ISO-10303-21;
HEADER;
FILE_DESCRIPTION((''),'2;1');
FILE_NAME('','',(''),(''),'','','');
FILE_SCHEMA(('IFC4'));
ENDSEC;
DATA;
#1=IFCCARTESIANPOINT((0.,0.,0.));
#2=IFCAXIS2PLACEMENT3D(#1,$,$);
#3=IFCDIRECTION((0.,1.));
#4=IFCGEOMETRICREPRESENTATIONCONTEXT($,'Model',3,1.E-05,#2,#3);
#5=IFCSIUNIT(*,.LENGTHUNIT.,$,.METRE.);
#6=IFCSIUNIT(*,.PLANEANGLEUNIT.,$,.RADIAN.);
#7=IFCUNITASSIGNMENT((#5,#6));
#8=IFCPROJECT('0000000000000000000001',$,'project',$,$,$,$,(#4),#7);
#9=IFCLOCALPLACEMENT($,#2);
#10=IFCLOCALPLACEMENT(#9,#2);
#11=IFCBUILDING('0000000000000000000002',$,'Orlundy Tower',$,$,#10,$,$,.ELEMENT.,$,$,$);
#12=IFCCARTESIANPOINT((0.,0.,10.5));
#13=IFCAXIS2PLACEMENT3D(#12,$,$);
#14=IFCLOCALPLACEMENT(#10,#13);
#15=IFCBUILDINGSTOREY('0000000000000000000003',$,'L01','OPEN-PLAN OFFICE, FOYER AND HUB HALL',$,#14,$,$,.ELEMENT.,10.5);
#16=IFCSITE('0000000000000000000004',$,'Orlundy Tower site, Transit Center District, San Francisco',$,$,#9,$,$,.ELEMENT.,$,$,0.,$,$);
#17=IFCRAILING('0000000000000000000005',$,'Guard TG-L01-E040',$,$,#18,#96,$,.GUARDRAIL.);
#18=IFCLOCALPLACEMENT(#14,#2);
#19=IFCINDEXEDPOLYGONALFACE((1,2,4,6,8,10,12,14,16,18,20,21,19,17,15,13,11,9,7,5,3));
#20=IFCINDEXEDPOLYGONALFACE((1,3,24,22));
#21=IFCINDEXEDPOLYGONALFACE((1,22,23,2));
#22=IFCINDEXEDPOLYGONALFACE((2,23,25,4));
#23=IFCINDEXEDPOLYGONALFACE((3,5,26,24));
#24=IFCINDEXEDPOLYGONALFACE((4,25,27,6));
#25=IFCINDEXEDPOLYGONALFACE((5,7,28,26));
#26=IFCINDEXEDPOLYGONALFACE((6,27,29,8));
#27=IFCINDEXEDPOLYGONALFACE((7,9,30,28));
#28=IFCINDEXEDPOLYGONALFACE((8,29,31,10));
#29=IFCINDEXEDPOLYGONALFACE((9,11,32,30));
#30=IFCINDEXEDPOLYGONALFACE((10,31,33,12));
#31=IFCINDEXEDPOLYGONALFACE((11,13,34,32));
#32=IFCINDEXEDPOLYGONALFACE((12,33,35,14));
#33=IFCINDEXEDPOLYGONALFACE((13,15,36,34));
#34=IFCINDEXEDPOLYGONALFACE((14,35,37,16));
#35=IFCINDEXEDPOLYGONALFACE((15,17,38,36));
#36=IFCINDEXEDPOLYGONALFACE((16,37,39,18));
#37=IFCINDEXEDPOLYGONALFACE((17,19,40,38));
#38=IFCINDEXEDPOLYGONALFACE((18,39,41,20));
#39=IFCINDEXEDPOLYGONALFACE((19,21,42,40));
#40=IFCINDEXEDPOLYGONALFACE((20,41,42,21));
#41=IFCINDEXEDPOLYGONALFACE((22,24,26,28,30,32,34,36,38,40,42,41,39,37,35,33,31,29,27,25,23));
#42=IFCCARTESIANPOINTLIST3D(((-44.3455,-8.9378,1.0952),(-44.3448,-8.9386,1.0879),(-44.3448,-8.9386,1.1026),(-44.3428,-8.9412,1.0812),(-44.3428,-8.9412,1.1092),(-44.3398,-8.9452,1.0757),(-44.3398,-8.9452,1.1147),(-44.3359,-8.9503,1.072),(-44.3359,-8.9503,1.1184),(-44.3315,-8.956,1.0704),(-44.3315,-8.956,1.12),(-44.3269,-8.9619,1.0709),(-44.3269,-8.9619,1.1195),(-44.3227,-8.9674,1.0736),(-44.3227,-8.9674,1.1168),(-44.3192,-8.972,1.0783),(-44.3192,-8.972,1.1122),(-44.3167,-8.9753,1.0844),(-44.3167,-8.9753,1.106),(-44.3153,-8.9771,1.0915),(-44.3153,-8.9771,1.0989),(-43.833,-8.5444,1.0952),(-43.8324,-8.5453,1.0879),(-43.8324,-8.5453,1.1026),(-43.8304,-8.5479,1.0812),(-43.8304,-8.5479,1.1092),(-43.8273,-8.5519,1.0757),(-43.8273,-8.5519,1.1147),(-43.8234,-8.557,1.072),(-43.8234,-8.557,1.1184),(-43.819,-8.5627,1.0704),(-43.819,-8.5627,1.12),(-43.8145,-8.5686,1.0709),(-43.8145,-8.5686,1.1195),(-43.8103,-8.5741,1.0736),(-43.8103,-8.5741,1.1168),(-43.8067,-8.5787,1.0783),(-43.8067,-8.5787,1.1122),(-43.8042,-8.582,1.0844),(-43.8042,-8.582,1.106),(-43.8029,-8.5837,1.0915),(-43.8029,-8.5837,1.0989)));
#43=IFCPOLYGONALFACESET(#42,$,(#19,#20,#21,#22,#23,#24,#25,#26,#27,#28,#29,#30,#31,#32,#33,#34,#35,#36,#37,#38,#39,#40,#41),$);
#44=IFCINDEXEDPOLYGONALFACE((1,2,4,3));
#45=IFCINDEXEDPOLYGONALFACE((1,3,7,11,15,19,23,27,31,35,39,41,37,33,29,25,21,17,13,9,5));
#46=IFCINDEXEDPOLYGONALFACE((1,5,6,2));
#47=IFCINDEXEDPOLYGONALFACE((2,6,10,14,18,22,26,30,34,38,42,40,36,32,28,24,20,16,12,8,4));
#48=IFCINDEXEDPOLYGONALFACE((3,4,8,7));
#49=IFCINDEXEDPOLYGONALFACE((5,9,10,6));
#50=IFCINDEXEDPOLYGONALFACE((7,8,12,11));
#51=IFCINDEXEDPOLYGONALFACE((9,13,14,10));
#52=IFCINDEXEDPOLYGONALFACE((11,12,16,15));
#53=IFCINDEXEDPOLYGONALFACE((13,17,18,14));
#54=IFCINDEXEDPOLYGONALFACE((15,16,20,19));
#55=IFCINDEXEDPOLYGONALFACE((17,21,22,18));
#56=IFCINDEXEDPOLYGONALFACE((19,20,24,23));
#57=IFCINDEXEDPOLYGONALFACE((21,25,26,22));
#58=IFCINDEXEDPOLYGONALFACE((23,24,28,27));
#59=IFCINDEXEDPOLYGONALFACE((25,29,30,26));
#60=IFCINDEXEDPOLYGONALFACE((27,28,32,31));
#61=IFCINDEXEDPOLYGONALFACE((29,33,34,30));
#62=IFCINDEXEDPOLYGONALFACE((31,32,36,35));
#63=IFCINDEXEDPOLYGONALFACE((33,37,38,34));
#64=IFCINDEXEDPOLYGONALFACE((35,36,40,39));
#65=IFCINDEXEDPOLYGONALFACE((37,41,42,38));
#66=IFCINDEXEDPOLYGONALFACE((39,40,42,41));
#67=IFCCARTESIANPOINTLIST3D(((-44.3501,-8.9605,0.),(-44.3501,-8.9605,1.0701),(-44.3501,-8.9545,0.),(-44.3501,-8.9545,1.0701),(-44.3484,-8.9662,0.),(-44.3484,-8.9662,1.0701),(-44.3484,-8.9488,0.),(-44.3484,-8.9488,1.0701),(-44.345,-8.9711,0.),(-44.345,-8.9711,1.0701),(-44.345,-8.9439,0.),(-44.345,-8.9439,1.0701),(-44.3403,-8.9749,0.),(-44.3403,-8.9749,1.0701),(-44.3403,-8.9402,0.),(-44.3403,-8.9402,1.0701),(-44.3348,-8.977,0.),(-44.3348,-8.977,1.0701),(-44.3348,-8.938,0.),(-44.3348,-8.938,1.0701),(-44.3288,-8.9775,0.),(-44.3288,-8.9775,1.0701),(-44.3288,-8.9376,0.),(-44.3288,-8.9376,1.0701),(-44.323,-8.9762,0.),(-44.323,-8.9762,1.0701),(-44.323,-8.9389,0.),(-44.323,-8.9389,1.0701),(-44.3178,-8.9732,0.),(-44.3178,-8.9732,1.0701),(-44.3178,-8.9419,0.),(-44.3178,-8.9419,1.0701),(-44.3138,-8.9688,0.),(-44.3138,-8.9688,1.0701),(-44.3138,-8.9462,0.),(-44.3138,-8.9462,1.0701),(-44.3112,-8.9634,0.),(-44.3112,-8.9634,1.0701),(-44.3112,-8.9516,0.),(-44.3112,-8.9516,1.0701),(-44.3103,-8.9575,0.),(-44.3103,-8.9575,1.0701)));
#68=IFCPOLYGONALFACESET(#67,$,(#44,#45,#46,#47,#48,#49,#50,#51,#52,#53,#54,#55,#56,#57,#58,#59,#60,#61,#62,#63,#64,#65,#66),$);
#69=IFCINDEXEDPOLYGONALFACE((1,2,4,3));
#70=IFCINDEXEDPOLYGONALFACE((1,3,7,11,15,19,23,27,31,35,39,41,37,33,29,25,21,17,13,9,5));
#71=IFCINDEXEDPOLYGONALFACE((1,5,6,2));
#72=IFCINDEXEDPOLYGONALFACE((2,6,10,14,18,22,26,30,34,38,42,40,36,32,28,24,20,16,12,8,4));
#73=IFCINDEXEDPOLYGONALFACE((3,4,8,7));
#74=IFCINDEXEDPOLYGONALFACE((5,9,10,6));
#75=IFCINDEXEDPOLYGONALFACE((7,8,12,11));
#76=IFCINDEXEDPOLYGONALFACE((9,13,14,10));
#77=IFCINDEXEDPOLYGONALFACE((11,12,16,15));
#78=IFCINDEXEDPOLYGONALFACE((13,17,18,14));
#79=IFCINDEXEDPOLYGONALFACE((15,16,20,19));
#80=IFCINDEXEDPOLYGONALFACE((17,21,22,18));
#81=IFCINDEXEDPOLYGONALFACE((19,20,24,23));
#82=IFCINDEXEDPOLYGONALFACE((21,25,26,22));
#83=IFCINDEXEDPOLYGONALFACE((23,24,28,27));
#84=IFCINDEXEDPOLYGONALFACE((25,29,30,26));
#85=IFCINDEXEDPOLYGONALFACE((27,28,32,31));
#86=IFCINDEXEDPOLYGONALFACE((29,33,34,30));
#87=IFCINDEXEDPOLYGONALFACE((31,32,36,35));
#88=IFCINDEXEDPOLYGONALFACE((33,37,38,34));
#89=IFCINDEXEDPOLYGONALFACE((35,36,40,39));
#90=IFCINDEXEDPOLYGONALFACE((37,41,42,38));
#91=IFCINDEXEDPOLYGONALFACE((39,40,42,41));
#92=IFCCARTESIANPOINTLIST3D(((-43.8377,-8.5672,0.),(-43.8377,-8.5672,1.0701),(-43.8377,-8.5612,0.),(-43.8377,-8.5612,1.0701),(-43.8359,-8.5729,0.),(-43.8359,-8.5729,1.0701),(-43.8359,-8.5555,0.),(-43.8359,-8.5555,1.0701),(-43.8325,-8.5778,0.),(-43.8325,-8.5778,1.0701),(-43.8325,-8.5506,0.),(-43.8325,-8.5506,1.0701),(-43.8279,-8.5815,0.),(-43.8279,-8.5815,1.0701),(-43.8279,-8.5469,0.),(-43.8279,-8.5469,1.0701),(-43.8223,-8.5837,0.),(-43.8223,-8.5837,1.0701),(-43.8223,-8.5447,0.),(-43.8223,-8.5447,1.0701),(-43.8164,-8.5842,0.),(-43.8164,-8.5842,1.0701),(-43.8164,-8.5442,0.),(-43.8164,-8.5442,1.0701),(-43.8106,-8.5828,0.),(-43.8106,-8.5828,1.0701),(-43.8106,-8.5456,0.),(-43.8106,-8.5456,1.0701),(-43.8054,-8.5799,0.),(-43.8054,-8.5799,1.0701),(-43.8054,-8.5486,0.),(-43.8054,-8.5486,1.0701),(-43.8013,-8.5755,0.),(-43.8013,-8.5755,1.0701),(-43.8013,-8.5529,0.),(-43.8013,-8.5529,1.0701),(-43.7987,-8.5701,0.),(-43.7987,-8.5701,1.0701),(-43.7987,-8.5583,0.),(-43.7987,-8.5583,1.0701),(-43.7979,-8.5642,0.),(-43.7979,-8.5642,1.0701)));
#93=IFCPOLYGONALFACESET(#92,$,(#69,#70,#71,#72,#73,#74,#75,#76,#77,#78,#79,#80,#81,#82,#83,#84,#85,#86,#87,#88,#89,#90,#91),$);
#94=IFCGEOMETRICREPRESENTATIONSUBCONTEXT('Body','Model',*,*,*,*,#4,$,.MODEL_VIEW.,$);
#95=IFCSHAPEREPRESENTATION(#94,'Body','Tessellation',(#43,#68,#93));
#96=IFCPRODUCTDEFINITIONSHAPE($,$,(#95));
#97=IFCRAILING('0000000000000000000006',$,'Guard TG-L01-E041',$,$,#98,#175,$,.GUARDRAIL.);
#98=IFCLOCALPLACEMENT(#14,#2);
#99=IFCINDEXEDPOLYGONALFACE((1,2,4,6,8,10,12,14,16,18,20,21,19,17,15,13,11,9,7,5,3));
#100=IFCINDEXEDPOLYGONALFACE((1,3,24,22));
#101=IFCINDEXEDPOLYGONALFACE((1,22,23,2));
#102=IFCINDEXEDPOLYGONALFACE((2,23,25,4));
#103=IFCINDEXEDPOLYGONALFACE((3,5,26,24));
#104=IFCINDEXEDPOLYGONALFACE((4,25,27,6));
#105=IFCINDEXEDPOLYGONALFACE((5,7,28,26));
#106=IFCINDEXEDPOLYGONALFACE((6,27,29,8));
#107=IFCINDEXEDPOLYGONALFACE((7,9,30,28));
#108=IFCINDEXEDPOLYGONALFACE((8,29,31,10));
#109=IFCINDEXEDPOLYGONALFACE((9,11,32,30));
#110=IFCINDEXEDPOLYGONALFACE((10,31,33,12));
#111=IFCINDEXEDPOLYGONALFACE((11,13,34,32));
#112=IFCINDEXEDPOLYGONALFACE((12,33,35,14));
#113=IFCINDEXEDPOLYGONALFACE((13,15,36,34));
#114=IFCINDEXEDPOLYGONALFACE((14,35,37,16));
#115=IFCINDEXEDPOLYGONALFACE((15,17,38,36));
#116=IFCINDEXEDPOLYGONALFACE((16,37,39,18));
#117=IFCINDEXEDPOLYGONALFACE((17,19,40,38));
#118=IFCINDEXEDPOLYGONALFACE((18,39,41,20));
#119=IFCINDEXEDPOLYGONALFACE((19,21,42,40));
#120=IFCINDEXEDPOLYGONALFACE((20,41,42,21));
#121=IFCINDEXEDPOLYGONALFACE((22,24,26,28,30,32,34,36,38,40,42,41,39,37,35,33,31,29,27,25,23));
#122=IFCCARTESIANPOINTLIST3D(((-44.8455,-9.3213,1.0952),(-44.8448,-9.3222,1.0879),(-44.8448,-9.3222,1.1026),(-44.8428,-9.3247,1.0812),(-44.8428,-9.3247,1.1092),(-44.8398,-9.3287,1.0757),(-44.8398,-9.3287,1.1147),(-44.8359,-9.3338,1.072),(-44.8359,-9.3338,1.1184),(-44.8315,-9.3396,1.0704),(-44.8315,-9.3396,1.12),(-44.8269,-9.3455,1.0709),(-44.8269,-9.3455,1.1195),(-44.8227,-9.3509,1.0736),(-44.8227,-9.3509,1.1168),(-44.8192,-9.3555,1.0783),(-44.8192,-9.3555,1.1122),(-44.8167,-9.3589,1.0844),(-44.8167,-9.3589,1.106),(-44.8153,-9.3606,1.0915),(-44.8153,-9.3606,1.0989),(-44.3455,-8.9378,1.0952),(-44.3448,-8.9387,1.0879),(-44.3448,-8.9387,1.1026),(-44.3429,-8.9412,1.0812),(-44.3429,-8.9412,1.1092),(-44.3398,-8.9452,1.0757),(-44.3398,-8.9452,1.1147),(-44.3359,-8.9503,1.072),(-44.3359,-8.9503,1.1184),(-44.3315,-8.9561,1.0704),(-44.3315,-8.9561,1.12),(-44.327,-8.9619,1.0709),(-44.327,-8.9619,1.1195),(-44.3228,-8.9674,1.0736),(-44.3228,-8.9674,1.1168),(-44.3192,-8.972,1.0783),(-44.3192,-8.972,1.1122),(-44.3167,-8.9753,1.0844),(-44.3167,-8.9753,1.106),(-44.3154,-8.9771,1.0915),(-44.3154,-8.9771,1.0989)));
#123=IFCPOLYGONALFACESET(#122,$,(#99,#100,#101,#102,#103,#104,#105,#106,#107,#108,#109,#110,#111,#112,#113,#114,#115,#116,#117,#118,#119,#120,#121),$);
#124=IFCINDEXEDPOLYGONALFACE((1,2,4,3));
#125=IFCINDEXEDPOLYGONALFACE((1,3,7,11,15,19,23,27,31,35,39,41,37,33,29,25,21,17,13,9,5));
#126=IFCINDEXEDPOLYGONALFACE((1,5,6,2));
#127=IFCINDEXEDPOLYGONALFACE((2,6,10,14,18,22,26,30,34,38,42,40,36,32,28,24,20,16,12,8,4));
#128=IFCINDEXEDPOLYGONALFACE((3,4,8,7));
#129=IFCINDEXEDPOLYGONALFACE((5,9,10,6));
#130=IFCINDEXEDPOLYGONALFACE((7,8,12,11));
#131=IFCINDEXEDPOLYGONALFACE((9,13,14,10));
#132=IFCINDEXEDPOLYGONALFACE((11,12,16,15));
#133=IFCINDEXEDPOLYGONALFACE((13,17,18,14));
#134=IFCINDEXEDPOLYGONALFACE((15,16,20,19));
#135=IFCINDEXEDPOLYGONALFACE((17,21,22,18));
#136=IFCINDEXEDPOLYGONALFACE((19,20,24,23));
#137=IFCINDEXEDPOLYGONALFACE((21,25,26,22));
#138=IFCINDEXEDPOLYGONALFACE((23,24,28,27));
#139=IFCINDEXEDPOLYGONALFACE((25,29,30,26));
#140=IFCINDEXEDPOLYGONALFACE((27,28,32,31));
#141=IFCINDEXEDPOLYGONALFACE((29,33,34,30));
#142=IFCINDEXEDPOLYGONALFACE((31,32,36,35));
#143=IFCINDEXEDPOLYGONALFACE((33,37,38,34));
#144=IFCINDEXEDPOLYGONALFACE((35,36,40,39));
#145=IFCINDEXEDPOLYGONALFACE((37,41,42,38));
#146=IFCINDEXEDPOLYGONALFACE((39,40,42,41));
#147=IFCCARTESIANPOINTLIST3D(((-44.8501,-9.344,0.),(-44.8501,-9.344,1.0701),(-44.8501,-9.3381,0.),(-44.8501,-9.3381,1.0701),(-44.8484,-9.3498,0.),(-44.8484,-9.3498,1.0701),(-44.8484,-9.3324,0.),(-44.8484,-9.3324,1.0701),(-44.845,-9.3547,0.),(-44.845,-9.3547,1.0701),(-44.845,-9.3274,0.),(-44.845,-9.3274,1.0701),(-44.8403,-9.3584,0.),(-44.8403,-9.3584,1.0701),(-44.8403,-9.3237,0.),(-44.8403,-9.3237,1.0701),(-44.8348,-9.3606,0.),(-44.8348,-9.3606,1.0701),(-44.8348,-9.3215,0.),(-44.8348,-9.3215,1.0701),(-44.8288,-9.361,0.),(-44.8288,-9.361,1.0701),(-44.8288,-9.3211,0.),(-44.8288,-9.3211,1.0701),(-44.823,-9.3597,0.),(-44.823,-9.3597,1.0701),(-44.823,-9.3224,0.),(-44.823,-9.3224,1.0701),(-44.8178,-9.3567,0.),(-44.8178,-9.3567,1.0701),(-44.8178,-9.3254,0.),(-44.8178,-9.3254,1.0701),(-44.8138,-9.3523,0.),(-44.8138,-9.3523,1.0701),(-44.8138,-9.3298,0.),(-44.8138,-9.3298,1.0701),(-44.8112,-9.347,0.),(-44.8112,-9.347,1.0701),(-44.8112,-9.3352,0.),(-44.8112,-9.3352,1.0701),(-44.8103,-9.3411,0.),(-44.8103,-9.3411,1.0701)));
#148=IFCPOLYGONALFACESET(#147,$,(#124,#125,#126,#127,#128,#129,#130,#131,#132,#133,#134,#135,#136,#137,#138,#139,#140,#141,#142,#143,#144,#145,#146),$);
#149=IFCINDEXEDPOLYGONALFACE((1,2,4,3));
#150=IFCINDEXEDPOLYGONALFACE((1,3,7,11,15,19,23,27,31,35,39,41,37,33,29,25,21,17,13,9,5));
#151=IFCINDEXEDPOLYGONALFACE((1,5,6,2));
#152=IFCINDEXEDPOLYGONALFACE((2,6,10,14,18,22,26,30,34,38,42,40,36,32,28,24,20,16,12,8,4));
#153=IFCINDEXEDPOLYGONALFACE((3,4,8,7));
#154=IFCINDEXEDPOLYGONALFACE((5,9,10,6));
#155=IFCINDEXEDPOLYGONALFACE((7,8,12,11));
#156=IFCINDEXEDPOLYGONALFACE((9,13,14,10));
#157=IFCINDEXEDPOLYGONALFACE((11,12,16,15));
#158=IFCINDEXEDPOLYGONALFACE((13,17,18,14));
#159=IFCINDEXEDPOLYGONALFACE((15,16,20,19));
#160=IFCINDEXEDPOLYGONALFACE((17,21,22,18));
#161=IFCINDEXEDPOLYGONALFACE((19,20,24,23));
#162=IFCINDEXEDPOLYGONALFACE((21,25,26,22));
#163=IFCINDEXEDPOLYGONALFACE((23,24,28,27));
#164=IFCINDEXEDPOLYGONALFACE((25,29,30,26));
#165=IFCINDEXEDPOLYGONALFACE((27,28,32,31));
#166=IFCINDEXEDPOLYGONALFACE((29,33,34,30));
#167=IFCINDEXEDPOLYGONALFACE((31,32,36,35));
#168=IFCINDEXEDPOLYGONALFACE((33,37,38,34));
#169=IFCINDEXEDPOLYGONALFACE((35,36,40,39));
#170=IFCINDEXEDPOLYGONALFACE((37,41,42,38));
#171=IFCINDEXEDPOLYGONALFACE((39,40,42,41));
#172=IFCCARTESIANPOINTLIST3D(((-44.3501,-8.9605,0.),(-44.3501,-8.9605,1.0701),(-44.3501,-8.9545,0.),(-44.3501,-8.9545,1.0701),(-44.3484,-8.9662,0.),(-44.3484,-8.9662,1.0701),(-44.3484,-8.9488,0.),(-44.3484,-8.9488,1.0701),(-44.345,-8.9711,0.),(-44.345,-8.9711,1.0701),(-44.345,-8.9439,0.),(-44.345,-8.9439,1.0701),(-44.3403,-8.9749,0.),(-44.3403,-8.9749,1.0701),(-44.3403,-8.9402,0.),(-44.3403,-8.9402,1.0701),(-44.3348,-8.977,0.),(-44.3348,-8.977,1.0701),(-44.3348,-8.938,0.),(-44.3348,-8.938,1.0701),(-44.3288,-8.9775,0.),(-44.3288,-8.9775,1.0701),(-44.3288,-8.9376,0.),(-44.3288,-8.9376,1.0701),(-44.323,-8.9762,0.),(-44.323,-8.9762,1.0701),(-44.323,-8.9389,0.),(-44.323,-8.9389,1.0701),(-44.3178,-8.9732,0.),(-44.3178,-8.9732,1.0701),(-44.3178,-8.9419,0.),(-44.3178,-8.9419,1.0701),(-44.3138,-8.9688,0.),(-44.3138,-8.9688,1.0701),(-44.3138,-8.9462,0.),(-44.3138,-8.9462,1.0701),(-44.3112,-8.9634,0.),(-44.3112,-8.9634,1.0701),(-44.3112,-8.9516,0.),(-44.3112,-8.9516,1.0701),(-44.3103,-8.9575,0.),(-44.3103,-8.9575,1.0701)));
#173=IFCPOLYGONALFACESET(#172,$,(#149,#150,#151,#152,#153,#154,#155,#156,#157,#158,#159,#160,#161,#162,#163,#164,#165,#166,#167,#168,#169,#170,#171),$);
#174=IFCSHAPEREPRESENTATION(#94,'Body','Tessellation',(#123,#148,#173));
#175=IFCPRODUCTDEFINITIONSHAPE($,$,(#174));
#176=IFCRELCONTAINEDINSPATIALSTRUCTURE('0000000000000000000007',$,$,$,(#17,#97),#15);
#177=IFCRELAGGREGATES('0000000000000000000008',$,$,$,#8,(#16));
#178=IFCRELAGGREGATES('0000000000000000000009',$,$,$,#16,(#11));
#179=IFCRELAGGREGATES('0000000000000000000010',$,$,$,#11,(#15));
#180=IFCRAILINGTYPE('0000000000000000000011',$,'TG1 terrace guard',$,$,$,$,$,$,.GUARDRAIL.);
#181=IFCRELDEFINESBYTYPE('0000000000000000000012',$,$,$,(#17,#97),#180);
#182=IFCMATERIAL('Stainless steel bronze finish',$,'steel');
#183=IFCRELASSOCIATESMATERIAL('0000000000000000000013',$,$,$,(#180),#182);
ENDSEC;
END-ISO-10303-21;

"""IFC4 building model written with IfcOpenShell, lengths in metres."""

from ifc_helpers import new_model, si_unit, direction, frame, origin, origin_2d, place, context, subcontext, project, spatial, circle, extrude, material, type_object, element, save


model = new_model("IFC4")

# Units and contexts
model_context = context("Model", 3, precision=1e-05, world=origin(), true_north=direction((0.0, 1.0)))
body_context = subcontext(model_context, "Body", "Model", "MODEL_VIEW")
ifc_project = project(units=[si_unit("LENGTHUNIT", "METRE"), si_unit("PLANEANGLEUNIT", "RADIAN")], contexts=[model_context])

# Site, building, storey
site_placement = place(None, origin())
site = spatial("IfcSite", under=ifc_project, at=site_placement, Name="Orlundy Tower site, Transit Center District, San Francisco", CompositionType="ELEMENT", RefElevation=0.0)
building_placement = place(site_placement, origin())
building = spatial("IfcBuilding", under=site, at=building_placement, Name="Orlundy Tower", CompositionType="ELEMENT")
storey_placement = place(building_placement, frame((0.0, 0.0, 10.5)))
storey = spatial("IfcBuildingStorey", under=building, at=storey_placement, Name="L01", Description="OPEN-PLAN OFFICE, FOYER AND HUB HALL", CompositionType="ELEMENT", Elevation=10.5)

# Railings
ifc_material_1 = material(Name="Stainless steel bronze finish", Category="steel")
railing_type = type_object("IfcRailingType", Name="TG1 terrace guard", PredefinedType="GUARDRAIL", material=ifc_material_1)
railing_1_placement = place(storey_placement, frame((-44.3303, -8.9575, 0.0)))
element("IfcRailing", 1, at=railing_1_placement, inside=storey, type_object=railing_type, Name="Guard TG-L01-E040", PredefinedType="GUARDRAIL", context=body_context, shape_type="SweptSolid", body=[
    extrude(circle(Radius=0.0249, at=origin_2d()), frame((0.0, 0.0, 1.0952), z_axis=(0.793284, 0.608852, 0.0), x_axis=(-0.608852, 0.793284, 0.0)), (0.0, 0.0, 1.0), 0.646),
    extrude(circle(Radius=0.02, at=origin_2d()), origin(), (0.0, 0.0, 1.0), 1.0701),
    extrude(circle(Radius=0.02, at=origin_2d()), frame((0.5125, 0.3933, 0.0)), (0.0, 0.0, 1.0), 1.0701),
])
railing_2_placement = place(storey_placement, frame((-44.8303, -9.3411, 0.0)))
element("IfcRailing", 2, at=railing_2_placement, inside=storey, type_object=railing_type, Name="Guard TG-L01-E041", PredefinedType="GUARDRAIL", context=body_context, shape_type="SweptSolid", body=[
    extrude(circle(Radius=0.0249, at=origin_2d()), frame((0.0, 0.0, 1.0952), z_axis=(0.793444, 0.608643, 0.0), x_axis=(-0.608643, 0.793444, 0.0)), (0.0, 0.0, 1.0), 0.6301),
    extrude(circle(Radius=0.02, at=origin_2d()), origin(), (0.0, 0.0, 1.0), 1.0701),
    extrude(circle(Radius=0.02, at=origin_2d()), frame((0.5, 0.3835, 0.0)), (0.0, 0.0, 1.0), 1.0701),
])

save(model, "model.ifc")
